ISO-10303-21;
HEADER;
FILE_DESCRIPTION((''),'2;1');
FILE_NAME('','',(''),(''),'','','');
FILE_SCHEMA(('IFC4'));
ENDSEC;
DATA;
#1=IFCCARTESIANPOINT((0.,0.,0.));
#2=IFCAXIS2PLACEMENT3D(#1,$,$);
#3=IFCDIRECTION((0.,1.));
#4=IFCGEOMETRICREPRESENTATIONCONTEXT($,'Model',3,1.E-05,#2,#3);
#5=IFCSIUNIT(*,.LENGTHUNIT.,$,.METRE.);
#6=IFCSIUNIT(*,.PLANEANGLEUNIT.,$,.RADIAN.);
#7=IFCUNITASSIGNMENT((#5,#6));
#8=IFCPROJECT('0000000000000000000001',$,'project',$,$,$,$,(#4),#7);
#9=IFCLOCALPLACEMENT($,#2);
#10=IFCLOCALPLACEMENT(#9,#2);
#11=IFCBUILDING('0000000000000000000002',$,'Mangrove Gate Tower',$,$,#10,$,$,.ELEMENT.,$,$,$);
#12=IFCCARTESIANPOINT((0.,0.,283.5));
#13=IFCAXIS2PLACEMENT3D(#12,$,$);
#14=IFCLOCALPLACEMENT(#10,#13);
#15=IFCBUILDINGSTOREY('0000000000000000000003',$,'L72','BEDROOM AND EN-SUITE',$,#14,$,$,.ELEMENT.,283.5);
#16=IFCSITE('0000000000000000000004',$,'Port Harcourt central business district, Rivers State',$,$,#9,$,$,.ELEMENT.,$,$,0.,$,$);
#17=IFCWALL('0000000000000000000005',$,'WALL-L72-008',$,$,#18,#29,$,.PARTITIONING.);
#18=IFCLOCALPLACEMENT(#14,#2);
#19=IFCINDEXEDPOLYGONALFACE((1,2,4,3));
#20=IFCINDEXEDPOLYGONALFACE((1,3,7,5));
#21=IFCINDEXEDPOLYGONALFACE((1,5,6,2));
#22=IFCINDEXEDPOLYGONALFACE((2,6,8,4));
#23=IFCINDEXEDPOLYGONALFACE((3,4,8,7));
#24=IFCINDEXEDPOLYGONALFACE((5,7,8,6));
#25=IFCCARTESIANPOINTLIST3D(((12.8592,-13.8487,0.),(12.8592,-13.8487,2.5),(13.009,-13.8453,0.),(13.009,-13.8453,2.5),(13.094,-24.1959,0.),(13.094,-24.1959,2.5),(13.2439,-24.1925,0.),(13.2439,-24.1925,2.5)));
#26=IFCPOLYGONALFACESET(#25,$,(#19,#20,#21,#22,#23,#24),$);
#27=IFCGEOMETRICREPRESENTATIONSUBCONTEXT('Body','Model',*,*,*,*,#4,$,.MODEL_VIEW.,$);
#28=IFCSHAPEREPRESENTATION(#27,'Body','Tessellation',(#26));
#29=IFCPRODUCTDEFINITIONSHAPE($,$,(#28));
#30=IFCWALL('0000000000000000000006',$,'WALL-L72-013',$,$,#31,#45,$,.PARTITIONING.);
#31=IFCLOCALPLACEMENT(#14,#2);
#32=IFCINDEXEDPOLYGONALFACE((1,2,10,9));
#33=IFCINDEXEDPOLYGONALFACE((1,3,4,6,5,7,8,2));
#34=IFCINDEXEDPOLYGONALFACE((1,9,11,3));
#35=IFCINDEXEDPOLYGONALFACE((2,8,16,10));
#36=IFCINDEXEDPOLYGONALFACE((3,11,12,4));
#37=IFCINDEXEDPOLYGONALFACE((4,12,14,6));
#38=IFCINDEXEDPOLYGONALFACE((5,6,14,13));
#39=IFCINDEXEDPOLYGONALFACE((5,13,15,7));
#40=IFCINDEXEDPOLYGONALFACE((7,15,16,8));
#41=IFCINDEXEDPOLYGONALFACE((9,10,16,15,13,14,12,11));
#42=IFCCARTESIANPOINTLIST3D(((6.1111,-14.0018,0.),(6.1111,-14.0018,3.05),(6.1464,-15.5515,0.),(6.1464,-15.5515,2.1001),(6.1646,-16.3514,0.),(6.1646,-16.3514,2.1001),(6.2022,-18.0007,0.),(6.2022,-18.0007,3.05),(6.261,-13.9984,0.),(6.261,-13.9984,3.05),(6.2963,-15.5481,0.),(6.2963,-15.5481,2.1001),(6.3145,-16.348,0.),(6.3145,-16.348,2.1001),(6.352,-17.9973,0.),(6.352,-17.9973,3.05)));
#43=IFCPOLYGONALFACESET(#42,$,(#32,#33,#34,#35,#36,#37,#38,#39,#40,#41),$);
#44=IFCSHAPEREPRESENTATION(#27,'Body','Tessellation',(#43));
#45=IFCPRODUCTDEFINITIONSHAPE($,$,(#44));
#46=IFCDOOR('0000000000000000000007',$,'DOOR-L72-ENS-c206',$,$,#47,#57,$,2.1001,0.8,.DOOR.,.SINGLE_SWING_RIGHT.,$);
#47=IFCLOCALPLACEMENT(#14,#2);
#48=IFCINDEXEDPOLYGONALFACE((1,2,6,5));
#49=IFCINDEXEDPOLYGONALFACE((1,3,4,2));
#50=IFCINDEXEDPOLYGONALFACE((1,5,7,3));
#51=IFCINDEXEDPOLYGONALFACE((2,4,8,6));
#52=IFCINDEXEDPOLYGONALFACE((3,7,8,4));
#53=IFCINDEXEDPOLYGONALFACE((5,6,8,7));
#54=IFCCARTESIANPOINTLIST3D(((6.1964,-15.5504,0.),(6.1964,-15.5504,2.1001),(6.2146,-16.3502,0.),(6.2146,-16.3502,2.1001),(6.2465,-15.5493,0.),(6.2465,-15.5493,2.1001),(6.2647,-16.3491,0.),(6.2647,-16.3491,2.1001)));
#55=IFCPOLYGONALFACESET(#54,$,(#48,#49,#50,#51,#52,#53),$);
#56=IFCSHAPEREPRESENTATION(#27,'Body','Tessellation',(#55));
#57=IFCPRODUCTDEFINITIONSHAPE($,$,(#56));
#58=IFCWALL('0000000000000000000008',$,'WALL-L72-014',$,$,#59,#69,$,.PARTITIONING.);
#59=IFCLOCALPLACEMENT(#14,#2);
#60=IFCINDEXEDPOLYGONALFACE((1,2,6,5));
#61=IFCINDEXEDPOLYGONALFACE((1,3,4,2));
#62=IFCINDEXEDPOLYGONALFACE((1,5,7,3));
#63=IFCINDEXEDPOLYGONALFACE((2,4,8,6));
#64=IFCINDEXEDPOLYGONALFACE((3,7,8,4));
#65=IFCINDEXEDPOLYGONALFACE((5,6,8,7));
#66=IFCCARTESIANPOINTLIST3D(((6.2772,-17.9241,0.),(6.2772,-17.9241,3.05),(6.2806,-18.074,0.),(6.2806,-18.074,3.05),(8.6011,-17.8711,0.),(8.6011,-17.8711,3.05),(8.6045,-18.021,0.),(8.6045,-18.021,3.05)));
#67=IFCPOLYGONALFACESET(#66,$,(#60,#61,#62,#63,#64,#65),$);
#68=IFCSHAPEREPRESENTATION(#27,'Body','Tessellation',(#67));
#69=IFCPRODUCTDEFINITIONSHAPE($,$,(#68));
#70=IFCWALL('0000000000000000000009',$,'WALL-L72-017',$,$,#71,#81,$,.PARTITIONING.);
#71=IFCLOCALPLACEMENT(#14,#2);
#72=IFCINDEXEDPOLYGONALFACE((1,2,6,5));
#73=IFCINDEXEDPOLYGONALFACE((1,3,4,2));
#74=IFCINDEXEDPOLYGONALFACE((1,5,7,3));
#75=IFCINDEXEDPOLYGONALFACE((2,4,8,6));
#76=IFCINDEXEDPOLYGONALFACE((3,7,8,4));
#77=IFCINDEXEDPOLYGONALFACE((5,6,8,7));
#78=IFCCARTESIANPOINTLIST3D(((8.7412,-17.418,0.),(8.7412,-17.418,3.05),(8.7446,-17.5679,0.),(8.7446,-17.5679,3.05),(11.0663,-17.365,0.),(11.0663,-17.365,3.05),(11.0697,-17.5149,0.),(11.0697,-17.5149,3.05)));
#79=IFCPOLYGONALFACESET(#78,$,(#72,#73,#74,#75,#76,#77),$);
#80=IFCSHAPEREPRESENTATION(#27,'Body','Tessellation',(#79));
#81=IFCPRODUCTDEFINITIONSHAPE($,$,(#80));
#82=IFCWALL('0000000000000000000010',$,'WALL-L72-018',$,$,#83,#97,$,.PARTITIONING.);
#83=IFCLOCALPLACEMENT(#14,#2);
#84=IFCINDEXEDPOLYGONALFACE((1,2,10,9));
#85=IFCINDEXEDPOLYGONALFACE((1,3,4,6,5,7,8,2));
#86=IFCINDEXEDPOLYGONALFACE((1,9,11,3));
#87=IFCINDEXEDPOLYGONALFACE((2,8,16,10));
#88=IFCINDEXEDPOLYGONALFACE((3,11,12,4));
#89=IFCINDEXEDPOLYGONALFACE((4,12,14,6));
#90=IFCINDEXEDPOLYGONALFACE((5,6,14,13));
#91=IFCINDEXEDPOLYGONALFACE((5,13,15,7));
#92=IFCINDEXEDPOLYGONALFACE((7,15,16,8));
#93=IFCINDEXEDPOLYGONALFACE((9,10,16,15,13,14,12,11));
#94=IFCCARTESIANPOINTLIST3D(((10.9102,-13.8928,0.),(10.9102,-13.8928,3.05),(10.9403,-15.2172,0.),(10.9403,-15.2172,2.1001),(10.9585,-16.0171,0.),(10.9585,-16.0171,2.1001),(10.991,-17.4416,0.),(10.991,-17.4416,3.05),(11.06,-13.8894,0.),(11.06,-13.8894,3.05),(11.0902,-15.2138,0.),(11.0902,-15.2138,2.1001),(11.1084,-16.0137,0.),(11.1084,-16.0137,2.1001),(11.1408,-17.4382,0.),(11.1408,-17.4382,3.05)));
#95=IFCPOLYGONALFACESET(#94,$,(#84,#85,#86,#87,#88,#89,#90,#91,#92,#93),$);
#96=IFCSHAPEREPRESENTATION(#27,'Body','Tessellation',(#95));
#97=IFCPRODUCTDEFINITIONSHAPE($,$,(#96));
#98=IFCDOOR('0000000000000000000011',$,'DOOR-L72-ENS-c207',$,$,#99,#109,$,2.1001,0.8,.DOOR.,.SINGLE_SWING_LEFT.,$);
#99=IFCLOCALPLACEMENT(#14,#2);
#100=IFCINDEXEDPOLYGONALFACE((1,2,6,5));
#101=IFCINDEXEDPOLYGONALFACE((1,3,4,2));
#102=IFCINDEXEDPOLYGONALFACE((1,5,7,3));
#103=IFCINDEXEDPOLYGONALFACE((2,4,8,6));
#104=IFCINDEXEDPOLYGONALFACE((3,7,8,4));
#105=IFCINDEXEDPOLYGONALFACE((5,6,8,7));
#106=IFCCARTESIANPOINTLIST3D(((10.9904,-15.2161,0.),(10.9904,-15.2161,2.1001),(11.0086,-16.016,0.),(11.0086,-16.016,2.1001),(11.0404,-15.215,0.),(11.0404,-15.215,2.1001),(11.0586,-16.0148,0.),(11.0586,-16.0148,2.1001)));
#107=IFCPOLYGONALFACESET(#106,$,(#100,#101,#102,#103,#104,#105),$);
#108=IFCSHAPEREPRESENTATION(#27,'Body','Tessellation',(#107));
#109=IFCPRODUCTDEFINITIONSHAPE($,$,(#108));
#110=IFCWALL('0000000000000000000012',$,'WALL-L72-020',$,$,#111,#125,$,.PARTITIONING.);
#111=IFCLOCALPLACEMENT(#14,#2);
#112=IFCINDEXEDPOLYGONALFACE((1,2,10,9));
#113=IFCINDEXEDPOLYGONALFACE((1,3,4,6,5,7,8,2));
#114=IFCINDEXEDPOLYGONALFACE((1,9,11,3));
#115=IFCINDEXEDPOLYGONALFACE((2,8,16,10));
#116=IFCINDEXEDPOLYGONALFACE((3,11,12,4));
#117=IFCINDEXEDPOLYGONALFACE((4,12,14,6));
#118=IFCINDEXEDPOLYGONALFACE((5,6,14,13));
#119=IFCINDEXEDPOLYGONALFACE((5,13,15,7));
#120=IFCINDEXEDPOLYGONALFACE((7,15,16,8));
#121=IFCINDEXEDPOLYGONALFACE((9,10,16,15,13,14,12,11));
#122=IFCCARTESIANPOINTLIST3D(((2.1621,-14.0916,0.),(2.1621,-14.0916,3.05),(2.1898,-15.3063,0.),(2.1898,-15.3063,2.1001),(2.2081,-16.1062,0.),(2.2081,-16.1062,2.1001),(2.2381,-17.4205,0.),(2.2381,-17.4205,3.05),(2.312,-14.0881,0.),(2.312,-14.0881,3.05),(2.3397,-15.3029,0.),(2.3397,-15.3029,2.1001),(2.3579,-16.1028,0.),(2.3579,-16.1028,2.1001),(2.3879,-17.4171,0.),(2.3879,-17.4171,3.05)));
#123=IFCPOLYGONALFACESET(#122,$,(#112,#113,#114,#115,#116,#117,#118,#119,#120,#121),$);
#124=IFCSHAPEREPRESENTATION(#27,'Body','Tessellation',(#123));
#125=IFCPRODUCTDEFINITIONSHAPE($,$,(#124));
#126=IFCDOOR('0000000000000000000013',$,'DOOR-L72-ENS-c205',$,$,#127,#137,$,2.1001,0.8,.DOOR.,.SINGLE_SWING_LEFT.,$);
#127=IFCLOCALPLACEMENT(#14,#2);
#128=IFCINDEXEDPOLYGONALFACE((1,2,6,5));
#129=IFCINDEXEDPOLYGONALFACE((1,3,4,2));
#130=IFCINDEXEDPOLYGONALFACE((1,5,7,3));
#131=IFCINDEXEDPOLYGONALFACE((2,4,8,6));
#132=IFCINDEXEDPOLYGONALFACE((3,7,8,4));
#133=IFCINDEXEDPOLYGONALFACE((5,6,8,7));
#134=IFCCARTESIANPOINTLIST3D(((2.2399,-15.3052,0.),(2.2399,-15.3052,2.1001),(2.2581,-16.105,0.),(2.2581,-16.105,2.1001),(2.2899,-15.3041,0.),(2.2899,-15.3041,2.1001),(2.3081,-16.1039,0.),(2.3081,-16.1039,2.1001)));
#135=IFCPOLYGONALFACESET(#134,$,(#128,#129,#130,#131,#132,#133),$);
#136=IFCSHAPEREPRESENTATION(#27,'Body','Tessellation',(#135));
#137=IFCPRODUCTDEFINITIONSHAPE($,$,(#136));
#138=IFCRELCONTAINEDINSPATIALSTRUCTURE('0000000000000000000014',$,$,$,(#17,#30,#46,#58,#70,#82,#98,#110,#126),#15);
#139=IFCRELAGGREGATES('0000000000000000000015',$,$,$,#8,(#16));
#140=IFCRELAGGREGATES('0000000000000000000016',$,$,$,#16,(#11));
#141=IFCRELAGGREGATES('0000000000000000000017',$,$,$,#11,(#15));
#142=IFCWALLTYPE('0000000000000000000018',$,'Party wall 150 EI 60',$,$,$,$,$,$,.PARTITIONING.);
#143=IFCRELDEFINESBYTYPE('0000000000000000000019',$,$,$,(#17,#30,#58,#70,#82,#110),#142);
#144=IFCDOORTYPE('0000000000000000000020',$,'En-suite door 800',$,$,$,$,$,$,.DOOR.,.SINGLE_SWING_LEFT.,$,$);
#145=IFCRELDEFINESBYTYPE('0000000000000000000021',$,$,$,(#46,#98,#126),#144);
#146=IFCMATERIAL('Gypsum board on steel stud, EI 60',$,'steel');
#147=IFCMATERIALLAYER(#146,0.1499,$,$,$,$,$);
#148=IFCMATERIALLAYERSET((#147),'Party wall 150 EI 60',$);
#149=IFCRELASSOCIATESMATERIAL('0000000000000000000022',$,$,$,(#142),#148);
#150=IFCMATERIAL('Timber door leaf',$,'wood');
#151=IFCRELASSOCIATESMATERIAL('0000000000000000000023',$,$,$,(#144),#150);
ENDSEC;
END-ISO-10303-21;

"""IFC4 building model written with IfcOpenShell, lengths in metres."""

from ifc_helpers import new_model, si_unit, direction, frame, frame_2d, origin, place, context, subcontext, project, spatial, rectangle, extrude, material, layer, layer_set, type_object, element, fill, save


model = new_model("IFC4")

# Units and contexts
model_context = context("Model", 3, precision=1e-05, world=origin(), true_north=direction((0.0, 1.0)))
body_context = subcontext(model_context, "Body", "Model", "MODEL_VIEW")
ifc_project = project(units=[si_unit("LENGTHUNIT", "METRE"), si_unit("PLANEANGLEUNIT", "RADIAN")], contexts=[model_context])

# Site, building, storey
site_placement = place(None, origin())
site = spatial("IfcSite", under=ifc_project, at=site_placement, Name="Port Harcourt central business district, Rivers State", CompositionType="ELEMENT", RefElevation=0.0)
building_placement = place(site_placement, origin())
building = spatial("IfcBuilding", under=site, at=building_placement, Name="Mangrove Gate Tower", CompositionType="ELEMENT")
storey_placement = place(building_placement, frame((0.0, 0.0, 283.5)))
storey = spatial("IfcBuildingStorey", under=building, at=storey_placement, Name="L72", Description="BEDROOM AND EN-SUITE", CompositionType="ELEMENT", Elevation=283.5)

# Wall
ifc_material_1 = material(Name="Gypsum board on steel stud, EI 60", Category="steel")
ifc_layer_1 = layer(ifc_material_1, 0.1499)
ifc_layer_set_1 = layer_set([ifc_layer_1], Name="Party wall 150 EI 60")
wall_type_1 = type_object("IfcWallType", Name="Party wall 150 EI 60", PredefinedType="PARTITIONING", material=ifc_layer_set_1)
wall_1_placement = place(storey_placement, frame((13.1689, -24.1941, 0.0), z_axis=(0.0, 0.0, 1.0), x_axis=(-0.022692, 0.999742, 0.0)))
element("IfcWall", 1, at=wall_1_placement, inside=storey, type_object=wall_type_1, Name="WALL-L72-008", PredefinedType="PARTITIONING", context=body_context, shape_type="SweptSolid", body=[
    extrude(rectangle(XDim=10.3499, YDim=0.1499, at=frame_2d((5.1748, 0.0))), origin(), (0.0, 0.0, 1.0), 2.5),
])

# Wall, opening, door
wall_2_placement = place(storey_placement, frame((6.2771, -17.999, 0.0), z_axis=(0.0, 0.0, 1.0), x_axis=(-0.022766, 0.999741, 0.0)))
wall_2 = element("IfcWall", 2, at=wall_2_placement, inside=storey, type_object=wall_type_1, Name="WALL-L72-013", PredefinedType="PARTITIONING", context=body_context, shape_type="SweptSolid", body=[
    extrude(rectangle(XDim=4.0, YDim=0.1499, at=frame_2d((2.0, 0.0))), origin(), (0.0, 0.0, 1.0), 3.05),
])
opening_1_placement = place(wall_2_placement, frame((1.6499, 0.0, 0.0)))
opening_1 = element("IfcOpeningElement", 3, at=opening_1_placement, cuts=wall_2, PredefinedType="OPENING", context=body_context, shape_type="SweptSolid", body=[
    extrude(rectangle(XDim=0.8, YDim=2.1001, at=frame_2d((0.3999, 1.05))), frame((0.0, 0.085, 0.0), z_axis=(0.0, -1.0, 0.0), x_axis=(1.0, 0.0, 0.0)), (0.0, 0.0, 1.0), 0.1699),
])
ifc_material_2 = material(Name="Timber door leaf", Category="wood")
door_type_1 = type_object("IfcDoorType", Name="En-suite door 800", OperationType="SINGLE_SWING_LEFT", PredefinedType="DOOR", material=ifc_material_2)
door_1_placement = place(opening_1_placement, origin())
door_1 = element("IfcDoor", 4, at=door_1_placement, inside=storey, type_object=door_type_1, Name="DOOR-L72-ENS-c206", OperationType="SINGLE_SWING_RIGHT", OverallHeight=2.1001, OverallWidth=0.8, PredefinedType="DOOR", context=body_context, shape_type="SweptSolid", body=[
    extrude(rectangle(XDim=0.8, YDim=2.1001, at=frame_2d((0.3999, 1.05))), frame((0.0, 0.0249, 0.0), z_axis=(0.0, -1.0, 0.0), x_axis=(1.0, 0.0, 0.0)), (0.0, 0.0, 1.0), 0.05),
])
fill(opening_1, door_1)

# Walls
wall_3_placement = place(storey_placement, frame((6.2791, -17.999, 0.0), z_axis=(0.0, 0.0, 1.0), x_axis=(0.99974, 0.022791, 0.0)))
element("IfcWall", 5, at=wall_3_placement, inside=storey, type_object=wall_type_1, Name="WALL-L72-014", PredefinedType="PARTITIONING", context=body_context, shape_type="SweptSolid", body=[
    extrude(rectangle(XDim=2.3245, YDim=0.1499, at=frame_2d((1.1621, 0.0))), origin(), (0.0, 0.0, 1.0), 3.05),
])
wall_4_placement = place(storey_placement, frame((8.7429, -17.4929, 0.0), z_axis=(0.0, 0.0, 1.0), x_axis=(0.999741, 0.022779, 0.0)))
element("IfcWall", 6, at=wall_4_placement, inside=storey, type_object=wall_type_1, Name="WALL-L72-017", PredefinedType="PARTITIONING", context=body_context, shape_type="SweptSolid", body=[
    extrude(rectangle(XDim=2.3257, YDim=0.1499, at=frame_2d((1.1628, 0.0))), origin(), (0.0, 0.0, 1.0), 3.05),
])

# Walls, openings, doors
wall_5_placement = place(storey_placement, frame((11.0659, -17.4399, 0.0), z_axis=(0.0, 0.0, 1.0), x_axis=(-0.022765, 0.999741, 0.0)))
wall_5 = element("IfcWall", 7, at=wall_5_placement, inside=storey, type_object=wall_type_1, Name="WALL-L72-018", PredefinedType="PARTITIONING", context=body_context, shape_type="SweptSolid", body=[
    extrude(rectangle(XDim=3.5498, YDim=0.1499, at=frame_2d((1.7749, 0.0))), origin(), (0.0, 0.0, 1.0), 3.05),
])
opening_2_placement = place(wall_5_placement, frame((1.425, 0.0, 0.0)))
opening_2 = element("IfcOpeningElement", 8, at=opening_2_placement, cuts=wall_5, PredefinedType="OPENING", context=body_context, shape_type="SweptSolid", body=[
    extrude(rectangle(XDim=0.8, YDim=2.1001, at=frame_2d((0.3999, 1.05))), frame((0.0, 0.085, 0.0), z_axis=(0.0, -1.0, 0.0), x_axis=(1.0, 0.0, 0.0)), (0.0, 0.0, 1.0), 0.1699),
])
door_2_placement = place(opening_2_placement, origin())
door_2 = element("IfcDoor", 9, at=door_2_placement, inside=storey, type_object=door_type_1, Name="DOOR-L72-ENS-c207", OperationType="SINGLE_SWING_LEFT", OverallHeight=2.1001, OverallWidth=0.8, PredefinedType="DOOR", context=body_context, shape_type="SweptSolid", body=[
    extrude(rectangle(XDim=0.8, YDim=2.1001, at=frame_2d((0.3999, 1.05))), frame((0.0, 0.0249, 0.0), z_axis=(0.0, -1.0, 0.0), x_axis=(1.0, 0.0, 0.0)), (0.0, 0.0, 1.0), 0.05),
])
fill(opening_2, door_2)
wall_6_placement = place(storey_placement, frame((2.313, -17.4189, 0.0), z_axis=(0.0, 0.0, 1.0), x_axis=(-0.022803, 0.99974, 0.0)))
wall_6 = element("IfcWall", 10, at=wall_6_placement, inside=storey, type_object=wall_type_1, Name="WALL-L72-020", PredefinedType="PARTITIONING", context=body_context, shape_type="SweptSolid", body=[
    extrude(rectangle(XDim=3.3298, YDim=0.1499, at=frame_2d((1.665, 0.0))), origin(), (0.0, 0.0, 1.0), 3.05),
])
opening_3_placement = place(wall_6_placement, frame((1.3149, 0.0, 0.0)))
opening_3 = element("IfcOpeningElement", 11, at=opening_3_placement, cuts=wall_6, PredefinedType="OPENING", context=body_context, shape_type="SweptSolid", body=[
    extrude(rectangle(XDim=0.8, YDim=2.1001, at=frame_2d((0.3999, 1.05))), frame((0.0, 0.085, 0.0), z_axis=(0.0, -1.0, 0.0), x_axis=(1.0, 0.0, 0.0)), (0.0, 0.0, 1.0), 0.1699),
])
door_3_placement = place(opening_3_placement, origin())
door_3 = element("IfcDoor", 12, at=door_3_placement, inside=storey, type_object=door_type_1, Name="DOOR-L72-ENS-c205", OperationType="SINGLE_SWING_LEFT", OverallHeight=2.1001, OverallWidth=0.8, PredefinedType="DOOR", context=body_context, shape_type="SweptSolid", body=[
    extrude(rectangle(XDim=0.8, YDim=2.1001, at=frame_2d((0.3999, 1.05))), frame((0.0, 0.0249, 0.0), z_axis=(0.0, -1.0, 0.0), x_axis=(1.0, 0.0, 0.0)), (0.0, 0.0, 1.0), 0.05),
])
fill(opening_3, door_3)

save(model, "model.ifc")
